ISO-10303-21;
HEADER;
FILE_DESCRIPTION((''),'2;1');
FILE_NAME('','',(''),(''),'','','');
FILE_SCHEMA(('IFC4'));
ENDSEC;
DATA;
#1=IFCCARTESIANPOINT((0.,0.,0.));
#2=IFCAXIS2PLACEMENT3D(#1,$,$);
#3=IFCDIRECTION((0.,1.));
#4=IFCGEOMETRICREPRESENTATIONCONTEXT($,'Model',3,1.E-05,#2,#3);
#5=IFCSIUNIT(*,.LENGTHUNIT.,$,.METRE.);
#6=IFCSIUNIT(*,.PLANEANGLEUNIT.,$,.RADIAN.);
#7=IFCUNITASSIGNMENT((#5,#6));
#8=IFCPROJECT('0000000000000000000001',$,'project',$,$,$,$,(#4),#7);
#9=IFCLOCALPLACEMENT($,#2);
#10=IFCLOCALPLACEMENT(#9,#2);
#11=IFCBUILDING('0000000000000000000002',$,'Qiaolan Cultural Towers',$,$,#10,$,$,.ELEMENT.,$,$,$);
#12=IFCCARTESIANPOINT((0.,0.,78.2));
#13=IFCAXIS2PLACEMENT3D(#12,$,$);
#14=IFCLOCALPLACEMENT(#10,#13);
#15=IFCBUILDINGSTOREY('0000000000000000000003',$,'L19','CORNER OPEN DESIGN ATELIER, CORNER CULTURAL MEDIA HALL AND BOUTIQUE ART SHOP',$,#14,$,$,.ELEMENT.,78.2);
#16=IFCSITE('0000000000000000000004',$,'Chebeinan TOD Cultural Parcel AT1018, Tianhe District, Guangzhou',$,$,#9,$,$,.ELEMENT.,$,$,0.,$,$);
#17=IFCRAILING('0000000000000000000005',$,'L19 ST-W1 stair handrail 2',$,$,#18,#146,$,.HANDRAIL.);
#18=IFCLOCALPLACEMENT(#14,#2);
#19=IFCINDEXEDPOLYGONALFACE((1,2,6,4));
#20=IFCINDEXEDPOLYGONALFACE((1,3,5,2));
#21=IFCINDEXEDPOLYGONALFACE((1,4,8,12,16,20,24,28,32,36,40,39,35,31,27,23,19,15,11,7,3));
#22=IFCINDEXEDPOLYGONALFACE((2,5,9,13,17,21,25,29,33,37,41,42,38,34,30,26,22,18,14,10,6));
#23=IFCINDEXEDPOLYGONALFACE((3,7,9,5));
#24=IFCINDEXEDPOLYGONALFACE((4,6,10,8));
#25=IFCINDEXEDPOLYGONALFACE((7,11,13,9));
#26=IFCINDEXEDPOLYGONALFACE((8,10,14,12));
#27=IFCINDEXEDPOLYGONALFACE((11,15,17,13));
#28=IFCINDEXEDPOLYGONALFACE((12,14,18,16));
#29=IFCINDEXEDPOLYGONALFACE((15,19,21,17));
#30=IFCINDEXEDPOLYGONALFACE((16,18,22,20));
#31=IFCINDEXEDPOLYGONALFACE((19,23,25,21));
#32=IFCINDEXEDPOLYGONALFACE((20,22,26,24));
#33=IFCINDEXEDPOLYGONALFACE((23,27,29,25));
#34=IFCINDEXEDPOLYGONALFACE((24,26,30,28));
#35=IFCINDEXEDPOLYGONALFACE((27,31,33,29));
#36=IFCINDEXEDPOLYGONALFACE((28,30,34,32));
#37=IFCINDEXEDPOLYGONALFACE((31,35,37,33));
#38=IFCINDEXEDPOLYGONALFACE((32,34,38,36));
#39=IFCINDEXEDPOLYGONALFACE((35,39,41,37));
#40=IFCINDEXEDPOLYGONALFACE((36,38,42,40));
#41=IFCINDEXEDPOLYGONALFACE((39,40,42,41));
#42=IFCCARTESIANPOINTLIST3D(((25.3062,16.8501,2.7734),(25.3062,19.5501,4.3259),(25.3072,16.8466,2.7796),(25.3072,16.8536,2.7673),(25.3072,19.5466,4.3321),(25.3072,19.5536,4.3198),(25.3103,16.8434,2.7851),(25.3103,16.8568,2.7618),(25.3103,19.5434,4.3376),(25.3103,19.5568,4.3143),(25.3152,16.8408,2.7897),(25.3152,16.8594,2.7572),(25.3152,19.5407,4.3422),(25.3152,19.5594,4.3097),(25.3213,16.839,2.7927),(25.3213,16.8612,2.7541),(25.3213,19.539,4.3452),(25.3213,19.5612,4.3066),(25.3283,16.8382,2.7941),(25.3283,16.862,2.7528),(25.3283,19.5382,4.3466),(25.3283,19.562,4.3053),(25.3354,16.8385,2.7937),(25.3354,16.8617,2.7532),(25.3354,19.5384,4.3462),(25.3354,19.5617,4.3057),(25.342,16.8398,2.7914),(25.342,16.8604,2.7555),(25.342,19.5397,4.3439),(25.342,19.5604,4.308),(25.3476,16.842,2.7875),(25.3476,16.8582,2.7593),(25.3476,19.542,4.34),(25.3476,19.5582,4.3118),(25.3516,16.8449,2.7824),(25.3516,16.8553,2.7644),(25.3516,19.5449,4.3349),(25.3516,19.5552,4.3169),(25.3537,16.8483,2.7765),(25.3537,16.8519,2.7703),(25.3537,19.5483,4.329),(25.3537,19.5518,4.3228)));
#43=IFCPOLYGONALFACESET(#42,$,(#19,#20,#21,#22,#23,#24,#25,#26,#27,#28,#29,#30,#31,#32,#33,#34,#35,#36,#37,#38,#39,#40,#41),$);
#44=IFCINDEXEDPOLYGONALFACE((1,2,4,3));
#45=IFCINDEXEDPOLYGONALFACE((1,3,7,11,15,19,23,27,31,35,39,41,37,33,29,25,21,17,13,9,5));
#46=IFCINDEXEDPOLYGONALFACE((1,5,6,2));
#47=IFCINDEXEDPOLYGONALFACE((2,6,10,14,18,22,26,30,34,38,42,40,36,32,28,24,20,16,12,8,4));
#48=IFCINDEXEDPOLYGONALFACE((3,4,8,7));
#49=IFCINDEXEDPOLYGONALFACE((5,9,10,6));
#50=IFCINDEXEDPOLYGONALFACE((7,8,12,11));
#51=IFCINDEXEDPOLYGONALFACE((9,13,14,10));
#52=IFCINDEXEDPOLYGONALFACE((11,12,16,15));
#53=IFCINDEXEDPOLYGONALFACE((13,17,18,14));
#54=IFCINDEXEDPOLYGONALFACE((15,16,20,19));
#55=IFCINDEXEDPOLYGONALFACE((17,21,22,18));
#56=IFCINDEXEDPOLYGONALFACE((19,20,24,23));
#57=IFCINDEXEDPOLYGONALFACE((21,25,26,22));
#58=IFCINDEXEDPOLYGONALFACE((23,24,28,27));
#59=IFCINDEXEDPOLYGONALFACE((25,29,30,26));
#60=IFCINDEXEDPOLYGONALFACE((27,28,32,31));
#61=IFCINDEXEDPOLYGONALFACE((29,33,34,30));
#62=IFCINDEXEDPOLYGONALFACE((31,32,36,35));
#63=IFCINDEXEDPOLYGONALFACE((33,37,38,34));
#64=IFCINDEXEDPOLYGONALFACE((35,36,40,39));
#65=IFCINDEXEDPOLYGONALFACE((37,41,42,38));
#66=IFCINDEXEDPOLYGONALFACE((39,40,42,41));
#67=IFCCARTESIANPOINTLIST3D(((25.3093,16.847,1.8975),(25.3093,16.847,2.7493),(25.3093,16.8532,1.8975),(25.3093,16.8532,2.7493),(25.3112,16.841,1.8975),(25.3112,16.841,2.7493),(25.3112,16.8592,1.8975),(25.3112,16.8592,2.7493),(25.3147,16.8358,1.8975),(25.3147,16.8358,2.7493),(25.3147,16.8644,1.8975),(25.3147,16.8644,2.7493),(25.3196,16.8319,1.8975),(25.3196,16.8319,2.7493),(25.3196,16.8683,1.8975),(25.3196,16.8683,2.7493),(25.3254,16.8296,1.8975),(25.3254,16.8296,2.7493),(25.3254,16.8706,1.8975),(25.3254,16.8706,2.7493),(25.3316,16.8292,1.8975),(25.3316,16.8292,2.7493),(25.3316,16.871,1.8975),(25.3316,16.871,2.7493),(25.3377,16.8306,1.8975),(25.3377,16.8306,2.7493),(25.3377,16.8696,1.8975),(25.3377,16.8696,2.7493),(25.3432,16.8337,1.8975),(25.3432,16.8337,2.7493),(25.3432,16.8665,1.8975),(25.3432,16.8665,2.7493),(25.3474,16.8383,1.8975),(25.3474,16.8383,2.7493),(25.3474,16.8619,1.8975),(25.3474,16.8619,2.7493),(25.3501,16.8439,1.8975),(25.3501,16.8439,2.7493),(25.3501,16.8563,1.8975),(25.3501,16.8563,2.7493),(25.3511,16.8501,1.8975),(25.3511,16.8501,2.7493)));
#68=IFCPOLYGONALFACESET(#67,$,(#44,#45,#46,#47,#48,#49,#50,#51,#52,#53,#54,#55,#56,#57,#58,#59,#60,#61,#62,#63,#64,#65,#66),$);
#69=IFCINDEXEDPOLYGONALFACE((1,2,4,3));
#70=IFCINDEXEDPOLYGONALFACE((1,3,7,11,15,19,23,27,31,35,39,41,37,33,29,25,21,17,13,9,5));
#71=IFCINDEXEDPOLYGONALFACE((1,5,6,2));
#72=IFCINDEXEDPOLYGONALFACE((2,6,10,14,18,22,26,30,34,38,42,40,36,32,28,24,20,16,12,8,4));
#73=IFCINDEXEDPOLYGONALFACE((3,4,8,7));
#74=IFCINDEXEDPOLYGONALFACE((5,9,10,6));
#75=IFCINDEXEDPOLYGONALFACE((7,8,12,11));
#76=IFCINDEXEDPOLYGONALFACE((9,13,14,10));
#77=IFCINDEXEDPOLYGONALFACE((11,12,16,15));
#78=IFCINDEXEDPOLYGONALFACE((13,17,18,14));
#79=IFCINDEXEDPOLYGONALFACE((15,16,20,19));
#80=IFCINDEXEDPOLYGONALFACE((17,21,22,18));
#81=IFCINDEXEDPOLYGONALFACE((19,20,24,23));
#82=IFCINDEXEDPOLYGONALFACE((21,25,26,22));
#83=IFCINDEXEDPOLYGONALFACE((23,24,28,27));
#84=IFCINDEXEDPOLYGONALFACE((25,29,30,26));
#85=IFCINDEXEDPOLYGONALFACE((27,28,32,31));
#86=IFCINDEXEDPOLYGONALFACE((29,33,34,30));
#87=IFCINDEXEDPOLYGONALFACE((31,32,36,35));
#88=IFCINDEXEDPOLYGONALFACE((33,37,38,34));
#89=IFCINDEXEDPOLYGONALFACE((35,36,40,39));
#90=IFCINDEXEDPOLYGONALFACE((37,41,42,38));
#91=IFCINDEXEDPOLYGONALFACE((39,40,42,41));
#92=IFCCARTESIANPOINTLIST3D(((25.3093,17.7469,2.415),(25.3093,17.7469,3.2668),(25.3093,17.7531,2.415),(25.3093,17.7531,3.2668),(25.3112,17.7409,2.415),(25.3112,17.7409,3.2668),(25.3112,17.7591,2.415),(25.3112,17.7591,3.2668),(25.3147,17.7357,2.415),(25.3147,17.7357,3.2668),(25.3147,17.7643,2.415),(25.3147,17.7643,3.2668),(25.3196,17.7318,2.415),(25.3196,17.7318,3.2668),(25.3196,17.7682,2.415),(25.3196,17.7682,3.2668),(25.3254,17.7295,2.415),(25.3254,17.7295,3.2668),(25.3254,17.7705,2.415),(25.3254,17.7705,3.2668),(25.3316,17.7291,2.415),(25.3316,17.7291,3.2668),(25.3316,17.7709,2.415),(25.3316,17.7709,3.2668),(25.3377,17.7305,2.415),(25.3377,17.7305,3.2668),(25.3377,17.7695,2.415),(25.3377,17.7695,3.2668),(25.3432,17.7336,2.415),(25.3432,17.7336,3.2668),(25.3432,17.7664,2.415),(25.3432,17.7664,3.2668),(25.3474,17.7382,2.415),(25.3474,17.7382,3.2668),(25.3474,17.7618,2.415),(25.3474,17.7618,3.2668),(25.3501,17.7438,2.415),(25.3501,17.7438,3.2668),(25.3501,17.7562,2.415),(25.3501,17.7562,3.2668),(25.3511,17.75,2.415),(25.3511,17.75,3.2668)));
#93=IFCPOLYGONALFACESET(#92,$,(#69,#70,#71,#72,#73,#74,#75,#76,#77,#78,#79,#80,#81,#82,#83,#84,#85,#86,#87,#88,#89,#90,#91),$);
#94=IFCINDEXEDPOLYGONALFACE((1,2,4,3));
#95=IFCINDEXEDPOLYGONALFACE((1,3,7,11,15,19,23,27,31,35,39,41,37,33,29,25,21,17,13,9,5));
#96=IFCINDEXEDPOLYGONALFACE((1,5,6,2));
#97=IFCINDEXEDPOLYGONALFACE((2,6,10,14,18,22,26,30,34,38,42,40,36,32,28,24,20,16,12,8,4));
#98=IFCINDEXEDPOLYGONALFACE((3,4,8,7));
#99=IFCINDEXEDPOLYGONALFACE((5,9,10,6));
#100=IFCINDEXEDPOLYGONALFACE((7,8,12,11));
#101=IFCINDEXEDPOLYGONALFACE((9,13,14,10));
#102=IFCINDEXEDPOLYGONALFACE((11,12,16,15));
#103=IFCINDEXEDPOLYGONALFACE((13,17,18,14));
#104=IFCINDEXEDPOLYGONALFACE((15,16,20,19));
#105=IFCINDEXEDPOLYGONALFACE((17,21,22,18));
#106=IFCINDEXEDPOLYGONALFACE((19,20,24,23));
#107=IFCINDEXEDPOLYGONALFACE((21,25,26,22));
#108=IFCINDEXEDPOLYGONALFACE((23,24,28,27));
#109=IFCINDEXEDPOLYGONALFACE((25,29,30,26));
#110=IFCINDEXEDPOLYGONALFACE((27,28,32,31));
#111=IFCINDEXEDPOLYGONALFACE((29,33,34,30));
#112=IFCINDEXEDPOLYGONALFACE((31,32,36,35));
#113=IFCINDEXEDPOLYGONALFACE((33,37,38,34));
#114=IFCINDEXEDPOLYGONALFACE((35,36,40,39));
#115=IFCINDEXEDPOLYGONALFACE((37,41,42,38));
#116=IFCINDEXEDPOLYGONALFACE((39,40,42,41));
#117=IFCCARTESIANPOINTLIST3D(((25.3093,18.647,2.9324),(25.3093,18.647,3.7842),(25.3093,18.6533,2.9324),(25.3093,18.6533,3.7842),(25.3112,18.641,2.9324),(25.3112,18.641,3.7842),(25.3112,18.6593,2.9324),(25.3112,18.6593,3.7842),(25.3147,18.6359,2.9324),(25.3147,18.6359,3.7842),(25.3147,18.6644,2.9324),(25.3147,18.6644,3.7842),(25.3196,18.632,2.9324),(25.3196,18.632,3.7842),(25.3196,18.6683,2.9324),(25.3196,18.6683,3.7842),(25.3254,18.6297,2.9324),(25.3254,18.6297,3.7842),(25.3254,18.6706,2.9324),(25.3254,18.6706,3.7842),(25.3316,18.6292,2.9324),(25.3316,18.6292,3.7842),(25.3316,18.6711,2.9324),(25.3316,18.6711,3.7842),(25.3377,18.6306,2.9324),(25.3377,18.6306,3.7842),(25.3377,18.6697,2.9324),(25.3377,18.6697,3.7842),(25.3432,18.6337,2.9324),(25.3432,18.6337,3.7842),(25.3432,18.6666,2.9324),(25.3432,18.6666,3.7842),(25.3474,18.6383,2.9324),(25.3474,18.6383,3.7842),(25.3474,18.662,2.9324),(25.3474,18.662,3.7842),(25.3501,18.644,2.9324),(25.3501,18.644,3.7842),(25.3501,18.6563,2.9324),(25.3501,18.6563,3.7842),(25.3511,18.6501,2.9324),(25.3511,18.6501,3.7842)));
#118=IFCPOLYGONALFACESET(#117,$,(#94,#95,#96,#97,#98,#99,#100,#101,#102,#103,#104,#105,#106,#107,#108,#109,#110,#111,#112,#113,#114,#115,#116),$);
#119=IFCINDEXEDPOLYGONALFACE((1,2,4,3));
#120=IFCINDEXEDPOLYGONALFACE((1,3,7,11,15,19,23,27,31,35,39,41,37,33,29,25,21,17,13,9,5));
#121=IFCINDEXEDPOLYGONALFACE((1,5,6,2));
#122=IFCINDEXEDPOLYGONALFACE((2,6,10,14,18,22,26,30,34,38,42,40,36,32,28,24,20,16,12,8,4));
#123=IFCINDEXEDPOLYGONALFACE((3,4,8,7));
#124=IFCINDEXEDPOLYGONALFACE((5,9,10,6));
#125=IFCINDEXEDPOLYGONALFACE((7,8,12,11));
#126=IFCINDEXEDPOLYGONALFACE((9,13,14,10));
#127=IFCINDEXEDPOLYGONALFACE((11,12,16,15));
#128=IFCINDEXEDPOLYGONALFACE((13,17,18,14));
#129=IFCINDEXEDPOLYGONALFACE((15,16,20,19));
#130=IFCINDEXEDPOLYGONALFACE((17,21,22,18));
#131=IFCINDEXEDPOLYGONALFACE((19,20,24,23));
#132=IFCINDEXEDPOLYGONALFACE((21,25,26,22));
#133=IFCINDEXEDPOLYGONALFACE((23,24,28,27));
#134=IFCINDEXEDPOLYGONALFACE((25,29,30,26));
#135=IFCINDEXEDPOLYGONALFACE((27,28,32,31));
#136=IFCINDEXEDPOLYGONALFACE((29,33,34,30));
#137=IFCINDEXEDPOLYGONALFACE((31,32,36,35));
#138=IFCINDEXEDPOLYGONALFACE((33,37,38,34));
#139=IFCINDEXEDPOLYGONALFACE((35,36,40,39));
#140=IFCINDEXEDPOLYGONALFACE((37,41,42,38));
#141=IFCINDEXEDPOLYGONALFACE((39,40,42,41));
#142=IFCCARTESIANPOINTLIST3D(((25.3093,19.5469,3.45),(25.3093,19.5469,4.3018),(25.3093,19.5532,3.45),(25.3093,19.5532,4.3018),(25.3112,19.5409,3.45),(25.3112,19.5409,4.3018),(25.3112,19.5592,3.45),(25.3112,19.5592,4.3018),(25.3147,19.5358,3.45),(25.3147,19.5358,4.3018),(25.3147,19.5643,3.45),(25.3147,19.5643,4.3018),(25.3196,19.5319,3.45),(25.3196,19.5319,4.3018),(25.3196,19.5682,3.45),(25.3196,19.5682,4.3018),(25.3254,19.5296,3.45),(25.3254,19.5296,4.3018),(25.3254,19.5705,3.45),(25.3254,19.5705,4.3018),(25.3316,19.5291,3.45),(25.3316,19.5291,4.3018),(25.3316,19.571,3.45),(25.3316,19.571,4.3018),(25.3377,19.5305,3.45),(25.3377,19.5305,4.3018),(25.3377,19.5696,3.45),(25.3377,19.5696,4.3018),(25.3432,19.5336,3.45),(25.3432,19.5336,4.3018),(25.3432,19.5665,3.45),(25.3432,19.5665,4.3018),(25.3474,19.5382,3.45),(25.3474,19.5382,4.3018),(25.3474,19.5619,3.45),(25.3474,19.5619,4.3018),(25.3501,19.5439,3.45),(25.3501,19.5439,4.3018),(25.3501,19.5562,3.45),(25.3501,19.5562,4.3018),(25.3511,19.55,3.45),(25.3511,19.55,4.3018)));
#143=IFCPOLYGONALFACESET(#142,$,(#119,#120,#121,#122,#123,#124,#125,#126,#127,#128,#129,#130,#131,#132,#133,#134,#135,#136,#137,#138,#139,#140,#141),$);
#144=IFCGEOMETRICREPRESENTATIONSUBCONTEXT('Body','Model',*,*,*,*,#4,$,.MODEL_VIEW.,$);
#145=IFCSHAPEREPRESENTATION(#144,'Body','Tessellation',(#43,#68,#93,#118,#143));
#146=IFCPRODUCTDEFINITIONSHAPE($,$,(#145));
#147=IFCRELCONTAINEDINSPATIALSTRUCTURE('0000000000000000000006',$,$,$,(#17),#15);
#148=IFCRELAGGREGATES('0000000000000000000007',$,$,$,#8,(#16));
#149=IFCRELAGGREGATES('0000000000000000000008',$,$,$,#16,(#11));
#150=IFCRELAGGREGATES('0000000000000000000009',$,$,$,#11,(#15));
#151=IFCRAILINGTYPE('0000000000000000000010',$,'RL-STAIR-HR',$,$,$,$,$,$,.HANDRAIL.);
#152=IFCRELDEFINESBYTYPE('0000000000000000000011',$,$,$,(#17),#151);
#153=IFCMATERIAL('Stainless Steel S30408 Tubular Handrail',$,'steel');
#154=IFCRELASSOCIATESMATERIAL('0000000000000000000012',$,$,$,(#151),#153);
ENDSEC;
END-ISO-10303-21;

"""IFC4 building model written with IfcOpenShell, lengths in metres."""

from ifc_helpers import new_model, si_unit, direction, frame, origin, origin_2d, place, context, subcontext, project, spatial, circle, extrude, material, type_object, element, save


model = new_model("IFC4")

# Units and contexts
model_context = context("Model", 3, precision=1e-05, world=origin(), true_north=direction((0.0, 1.0)))
body_context = subcontext(model_context, "Body", "Model", "MODEL_VIEW")
ifc_project = project(units=[si_unit("LENGTHUNIT", "METRE"), si_unit("PLANEANGLEUNIT", "RADIAN")], contexts=[model_context])

# Site, building, storey
site_placement = place(None, origin())
site = spatial("IfcSite", under=ifc_project, at=site_placement, Name="Chebeinan TOD Cultural Parcel AT1018, Tianhe District, Guangzhou", CompositionType="ELEMENT", RefElevation=0.0)
building_placement = place(site_placement, origin())
building = spatial("IfcBuilding", under=site, at=building_placement, Name="Qiaolan Cultural Towers", CompositionType="ELEMENT")
storey_placement = place(building_placement, frame((0.0, 0.0, 78.2)))
storey = spatial("IfcBuildingStorey", under=building, at=storey_placement, Name="L19", Description="CORNER OPEN DESIGN ATELIER, CORNER CULTURAL MEDIA HALL AND BOUTIQUE ART SHOP", CompositionType="ELEMENT", Elevation=78.2)

# Railing
ifc_material_1 = material(Name="Stainless Steel S30408 Tubular Handrail", Category="steel")
railing_type_1 = type_object("IfcRailingType", Name="RL-STAIR-HR", PredefinedType="HANDRAIL", material=ifc_material_1)
railing_1_placement = place(storey_placement, frame((25.3301, 16.8501, 1.8975)))
element("IfcRailing", 1, at=railing_1_placement, inside=storey, type_object=railing_type_1, Name="L19 ST-W1 stair handrail 2", PredefinedType="HANDRAIL", context=body_context, shape_type="SweptSolid", body=[
    extrude(circle(Radius=0.0239, at=origin_2d()), frame((0.0, 0.0, 0.876), z_axis=(0.0, 0.866904, 0.498476), x_axis=(-1.0, 0.0, 0.0)), (0.0, 0.0, 1.0), 3.1145),
    extrude(circle(Radius=0.021, at=origin_2d()), origin(), (0.0, 0.0, 1.0), 0.8518),
    extrude(circle(Radius=0.021, at=origin_2d()), frame((0.0, 0.8999, 0.5176)), (0.0, 0.0, 1.0), 0.8518),
    extrude(circle(Radius=0.021, at=origin_2d()), frame((0.0, 1.8, 1.0349)), (0.0, 0.0, 1.0), 0.8518),
    extrude(circle(Radius=0.021, at=origin_2d()), frame((0.0, 2.7, 1.5525)), (0.0, 0.0, 1.0), 0.8518),
])

save(model, "model.ifc")
